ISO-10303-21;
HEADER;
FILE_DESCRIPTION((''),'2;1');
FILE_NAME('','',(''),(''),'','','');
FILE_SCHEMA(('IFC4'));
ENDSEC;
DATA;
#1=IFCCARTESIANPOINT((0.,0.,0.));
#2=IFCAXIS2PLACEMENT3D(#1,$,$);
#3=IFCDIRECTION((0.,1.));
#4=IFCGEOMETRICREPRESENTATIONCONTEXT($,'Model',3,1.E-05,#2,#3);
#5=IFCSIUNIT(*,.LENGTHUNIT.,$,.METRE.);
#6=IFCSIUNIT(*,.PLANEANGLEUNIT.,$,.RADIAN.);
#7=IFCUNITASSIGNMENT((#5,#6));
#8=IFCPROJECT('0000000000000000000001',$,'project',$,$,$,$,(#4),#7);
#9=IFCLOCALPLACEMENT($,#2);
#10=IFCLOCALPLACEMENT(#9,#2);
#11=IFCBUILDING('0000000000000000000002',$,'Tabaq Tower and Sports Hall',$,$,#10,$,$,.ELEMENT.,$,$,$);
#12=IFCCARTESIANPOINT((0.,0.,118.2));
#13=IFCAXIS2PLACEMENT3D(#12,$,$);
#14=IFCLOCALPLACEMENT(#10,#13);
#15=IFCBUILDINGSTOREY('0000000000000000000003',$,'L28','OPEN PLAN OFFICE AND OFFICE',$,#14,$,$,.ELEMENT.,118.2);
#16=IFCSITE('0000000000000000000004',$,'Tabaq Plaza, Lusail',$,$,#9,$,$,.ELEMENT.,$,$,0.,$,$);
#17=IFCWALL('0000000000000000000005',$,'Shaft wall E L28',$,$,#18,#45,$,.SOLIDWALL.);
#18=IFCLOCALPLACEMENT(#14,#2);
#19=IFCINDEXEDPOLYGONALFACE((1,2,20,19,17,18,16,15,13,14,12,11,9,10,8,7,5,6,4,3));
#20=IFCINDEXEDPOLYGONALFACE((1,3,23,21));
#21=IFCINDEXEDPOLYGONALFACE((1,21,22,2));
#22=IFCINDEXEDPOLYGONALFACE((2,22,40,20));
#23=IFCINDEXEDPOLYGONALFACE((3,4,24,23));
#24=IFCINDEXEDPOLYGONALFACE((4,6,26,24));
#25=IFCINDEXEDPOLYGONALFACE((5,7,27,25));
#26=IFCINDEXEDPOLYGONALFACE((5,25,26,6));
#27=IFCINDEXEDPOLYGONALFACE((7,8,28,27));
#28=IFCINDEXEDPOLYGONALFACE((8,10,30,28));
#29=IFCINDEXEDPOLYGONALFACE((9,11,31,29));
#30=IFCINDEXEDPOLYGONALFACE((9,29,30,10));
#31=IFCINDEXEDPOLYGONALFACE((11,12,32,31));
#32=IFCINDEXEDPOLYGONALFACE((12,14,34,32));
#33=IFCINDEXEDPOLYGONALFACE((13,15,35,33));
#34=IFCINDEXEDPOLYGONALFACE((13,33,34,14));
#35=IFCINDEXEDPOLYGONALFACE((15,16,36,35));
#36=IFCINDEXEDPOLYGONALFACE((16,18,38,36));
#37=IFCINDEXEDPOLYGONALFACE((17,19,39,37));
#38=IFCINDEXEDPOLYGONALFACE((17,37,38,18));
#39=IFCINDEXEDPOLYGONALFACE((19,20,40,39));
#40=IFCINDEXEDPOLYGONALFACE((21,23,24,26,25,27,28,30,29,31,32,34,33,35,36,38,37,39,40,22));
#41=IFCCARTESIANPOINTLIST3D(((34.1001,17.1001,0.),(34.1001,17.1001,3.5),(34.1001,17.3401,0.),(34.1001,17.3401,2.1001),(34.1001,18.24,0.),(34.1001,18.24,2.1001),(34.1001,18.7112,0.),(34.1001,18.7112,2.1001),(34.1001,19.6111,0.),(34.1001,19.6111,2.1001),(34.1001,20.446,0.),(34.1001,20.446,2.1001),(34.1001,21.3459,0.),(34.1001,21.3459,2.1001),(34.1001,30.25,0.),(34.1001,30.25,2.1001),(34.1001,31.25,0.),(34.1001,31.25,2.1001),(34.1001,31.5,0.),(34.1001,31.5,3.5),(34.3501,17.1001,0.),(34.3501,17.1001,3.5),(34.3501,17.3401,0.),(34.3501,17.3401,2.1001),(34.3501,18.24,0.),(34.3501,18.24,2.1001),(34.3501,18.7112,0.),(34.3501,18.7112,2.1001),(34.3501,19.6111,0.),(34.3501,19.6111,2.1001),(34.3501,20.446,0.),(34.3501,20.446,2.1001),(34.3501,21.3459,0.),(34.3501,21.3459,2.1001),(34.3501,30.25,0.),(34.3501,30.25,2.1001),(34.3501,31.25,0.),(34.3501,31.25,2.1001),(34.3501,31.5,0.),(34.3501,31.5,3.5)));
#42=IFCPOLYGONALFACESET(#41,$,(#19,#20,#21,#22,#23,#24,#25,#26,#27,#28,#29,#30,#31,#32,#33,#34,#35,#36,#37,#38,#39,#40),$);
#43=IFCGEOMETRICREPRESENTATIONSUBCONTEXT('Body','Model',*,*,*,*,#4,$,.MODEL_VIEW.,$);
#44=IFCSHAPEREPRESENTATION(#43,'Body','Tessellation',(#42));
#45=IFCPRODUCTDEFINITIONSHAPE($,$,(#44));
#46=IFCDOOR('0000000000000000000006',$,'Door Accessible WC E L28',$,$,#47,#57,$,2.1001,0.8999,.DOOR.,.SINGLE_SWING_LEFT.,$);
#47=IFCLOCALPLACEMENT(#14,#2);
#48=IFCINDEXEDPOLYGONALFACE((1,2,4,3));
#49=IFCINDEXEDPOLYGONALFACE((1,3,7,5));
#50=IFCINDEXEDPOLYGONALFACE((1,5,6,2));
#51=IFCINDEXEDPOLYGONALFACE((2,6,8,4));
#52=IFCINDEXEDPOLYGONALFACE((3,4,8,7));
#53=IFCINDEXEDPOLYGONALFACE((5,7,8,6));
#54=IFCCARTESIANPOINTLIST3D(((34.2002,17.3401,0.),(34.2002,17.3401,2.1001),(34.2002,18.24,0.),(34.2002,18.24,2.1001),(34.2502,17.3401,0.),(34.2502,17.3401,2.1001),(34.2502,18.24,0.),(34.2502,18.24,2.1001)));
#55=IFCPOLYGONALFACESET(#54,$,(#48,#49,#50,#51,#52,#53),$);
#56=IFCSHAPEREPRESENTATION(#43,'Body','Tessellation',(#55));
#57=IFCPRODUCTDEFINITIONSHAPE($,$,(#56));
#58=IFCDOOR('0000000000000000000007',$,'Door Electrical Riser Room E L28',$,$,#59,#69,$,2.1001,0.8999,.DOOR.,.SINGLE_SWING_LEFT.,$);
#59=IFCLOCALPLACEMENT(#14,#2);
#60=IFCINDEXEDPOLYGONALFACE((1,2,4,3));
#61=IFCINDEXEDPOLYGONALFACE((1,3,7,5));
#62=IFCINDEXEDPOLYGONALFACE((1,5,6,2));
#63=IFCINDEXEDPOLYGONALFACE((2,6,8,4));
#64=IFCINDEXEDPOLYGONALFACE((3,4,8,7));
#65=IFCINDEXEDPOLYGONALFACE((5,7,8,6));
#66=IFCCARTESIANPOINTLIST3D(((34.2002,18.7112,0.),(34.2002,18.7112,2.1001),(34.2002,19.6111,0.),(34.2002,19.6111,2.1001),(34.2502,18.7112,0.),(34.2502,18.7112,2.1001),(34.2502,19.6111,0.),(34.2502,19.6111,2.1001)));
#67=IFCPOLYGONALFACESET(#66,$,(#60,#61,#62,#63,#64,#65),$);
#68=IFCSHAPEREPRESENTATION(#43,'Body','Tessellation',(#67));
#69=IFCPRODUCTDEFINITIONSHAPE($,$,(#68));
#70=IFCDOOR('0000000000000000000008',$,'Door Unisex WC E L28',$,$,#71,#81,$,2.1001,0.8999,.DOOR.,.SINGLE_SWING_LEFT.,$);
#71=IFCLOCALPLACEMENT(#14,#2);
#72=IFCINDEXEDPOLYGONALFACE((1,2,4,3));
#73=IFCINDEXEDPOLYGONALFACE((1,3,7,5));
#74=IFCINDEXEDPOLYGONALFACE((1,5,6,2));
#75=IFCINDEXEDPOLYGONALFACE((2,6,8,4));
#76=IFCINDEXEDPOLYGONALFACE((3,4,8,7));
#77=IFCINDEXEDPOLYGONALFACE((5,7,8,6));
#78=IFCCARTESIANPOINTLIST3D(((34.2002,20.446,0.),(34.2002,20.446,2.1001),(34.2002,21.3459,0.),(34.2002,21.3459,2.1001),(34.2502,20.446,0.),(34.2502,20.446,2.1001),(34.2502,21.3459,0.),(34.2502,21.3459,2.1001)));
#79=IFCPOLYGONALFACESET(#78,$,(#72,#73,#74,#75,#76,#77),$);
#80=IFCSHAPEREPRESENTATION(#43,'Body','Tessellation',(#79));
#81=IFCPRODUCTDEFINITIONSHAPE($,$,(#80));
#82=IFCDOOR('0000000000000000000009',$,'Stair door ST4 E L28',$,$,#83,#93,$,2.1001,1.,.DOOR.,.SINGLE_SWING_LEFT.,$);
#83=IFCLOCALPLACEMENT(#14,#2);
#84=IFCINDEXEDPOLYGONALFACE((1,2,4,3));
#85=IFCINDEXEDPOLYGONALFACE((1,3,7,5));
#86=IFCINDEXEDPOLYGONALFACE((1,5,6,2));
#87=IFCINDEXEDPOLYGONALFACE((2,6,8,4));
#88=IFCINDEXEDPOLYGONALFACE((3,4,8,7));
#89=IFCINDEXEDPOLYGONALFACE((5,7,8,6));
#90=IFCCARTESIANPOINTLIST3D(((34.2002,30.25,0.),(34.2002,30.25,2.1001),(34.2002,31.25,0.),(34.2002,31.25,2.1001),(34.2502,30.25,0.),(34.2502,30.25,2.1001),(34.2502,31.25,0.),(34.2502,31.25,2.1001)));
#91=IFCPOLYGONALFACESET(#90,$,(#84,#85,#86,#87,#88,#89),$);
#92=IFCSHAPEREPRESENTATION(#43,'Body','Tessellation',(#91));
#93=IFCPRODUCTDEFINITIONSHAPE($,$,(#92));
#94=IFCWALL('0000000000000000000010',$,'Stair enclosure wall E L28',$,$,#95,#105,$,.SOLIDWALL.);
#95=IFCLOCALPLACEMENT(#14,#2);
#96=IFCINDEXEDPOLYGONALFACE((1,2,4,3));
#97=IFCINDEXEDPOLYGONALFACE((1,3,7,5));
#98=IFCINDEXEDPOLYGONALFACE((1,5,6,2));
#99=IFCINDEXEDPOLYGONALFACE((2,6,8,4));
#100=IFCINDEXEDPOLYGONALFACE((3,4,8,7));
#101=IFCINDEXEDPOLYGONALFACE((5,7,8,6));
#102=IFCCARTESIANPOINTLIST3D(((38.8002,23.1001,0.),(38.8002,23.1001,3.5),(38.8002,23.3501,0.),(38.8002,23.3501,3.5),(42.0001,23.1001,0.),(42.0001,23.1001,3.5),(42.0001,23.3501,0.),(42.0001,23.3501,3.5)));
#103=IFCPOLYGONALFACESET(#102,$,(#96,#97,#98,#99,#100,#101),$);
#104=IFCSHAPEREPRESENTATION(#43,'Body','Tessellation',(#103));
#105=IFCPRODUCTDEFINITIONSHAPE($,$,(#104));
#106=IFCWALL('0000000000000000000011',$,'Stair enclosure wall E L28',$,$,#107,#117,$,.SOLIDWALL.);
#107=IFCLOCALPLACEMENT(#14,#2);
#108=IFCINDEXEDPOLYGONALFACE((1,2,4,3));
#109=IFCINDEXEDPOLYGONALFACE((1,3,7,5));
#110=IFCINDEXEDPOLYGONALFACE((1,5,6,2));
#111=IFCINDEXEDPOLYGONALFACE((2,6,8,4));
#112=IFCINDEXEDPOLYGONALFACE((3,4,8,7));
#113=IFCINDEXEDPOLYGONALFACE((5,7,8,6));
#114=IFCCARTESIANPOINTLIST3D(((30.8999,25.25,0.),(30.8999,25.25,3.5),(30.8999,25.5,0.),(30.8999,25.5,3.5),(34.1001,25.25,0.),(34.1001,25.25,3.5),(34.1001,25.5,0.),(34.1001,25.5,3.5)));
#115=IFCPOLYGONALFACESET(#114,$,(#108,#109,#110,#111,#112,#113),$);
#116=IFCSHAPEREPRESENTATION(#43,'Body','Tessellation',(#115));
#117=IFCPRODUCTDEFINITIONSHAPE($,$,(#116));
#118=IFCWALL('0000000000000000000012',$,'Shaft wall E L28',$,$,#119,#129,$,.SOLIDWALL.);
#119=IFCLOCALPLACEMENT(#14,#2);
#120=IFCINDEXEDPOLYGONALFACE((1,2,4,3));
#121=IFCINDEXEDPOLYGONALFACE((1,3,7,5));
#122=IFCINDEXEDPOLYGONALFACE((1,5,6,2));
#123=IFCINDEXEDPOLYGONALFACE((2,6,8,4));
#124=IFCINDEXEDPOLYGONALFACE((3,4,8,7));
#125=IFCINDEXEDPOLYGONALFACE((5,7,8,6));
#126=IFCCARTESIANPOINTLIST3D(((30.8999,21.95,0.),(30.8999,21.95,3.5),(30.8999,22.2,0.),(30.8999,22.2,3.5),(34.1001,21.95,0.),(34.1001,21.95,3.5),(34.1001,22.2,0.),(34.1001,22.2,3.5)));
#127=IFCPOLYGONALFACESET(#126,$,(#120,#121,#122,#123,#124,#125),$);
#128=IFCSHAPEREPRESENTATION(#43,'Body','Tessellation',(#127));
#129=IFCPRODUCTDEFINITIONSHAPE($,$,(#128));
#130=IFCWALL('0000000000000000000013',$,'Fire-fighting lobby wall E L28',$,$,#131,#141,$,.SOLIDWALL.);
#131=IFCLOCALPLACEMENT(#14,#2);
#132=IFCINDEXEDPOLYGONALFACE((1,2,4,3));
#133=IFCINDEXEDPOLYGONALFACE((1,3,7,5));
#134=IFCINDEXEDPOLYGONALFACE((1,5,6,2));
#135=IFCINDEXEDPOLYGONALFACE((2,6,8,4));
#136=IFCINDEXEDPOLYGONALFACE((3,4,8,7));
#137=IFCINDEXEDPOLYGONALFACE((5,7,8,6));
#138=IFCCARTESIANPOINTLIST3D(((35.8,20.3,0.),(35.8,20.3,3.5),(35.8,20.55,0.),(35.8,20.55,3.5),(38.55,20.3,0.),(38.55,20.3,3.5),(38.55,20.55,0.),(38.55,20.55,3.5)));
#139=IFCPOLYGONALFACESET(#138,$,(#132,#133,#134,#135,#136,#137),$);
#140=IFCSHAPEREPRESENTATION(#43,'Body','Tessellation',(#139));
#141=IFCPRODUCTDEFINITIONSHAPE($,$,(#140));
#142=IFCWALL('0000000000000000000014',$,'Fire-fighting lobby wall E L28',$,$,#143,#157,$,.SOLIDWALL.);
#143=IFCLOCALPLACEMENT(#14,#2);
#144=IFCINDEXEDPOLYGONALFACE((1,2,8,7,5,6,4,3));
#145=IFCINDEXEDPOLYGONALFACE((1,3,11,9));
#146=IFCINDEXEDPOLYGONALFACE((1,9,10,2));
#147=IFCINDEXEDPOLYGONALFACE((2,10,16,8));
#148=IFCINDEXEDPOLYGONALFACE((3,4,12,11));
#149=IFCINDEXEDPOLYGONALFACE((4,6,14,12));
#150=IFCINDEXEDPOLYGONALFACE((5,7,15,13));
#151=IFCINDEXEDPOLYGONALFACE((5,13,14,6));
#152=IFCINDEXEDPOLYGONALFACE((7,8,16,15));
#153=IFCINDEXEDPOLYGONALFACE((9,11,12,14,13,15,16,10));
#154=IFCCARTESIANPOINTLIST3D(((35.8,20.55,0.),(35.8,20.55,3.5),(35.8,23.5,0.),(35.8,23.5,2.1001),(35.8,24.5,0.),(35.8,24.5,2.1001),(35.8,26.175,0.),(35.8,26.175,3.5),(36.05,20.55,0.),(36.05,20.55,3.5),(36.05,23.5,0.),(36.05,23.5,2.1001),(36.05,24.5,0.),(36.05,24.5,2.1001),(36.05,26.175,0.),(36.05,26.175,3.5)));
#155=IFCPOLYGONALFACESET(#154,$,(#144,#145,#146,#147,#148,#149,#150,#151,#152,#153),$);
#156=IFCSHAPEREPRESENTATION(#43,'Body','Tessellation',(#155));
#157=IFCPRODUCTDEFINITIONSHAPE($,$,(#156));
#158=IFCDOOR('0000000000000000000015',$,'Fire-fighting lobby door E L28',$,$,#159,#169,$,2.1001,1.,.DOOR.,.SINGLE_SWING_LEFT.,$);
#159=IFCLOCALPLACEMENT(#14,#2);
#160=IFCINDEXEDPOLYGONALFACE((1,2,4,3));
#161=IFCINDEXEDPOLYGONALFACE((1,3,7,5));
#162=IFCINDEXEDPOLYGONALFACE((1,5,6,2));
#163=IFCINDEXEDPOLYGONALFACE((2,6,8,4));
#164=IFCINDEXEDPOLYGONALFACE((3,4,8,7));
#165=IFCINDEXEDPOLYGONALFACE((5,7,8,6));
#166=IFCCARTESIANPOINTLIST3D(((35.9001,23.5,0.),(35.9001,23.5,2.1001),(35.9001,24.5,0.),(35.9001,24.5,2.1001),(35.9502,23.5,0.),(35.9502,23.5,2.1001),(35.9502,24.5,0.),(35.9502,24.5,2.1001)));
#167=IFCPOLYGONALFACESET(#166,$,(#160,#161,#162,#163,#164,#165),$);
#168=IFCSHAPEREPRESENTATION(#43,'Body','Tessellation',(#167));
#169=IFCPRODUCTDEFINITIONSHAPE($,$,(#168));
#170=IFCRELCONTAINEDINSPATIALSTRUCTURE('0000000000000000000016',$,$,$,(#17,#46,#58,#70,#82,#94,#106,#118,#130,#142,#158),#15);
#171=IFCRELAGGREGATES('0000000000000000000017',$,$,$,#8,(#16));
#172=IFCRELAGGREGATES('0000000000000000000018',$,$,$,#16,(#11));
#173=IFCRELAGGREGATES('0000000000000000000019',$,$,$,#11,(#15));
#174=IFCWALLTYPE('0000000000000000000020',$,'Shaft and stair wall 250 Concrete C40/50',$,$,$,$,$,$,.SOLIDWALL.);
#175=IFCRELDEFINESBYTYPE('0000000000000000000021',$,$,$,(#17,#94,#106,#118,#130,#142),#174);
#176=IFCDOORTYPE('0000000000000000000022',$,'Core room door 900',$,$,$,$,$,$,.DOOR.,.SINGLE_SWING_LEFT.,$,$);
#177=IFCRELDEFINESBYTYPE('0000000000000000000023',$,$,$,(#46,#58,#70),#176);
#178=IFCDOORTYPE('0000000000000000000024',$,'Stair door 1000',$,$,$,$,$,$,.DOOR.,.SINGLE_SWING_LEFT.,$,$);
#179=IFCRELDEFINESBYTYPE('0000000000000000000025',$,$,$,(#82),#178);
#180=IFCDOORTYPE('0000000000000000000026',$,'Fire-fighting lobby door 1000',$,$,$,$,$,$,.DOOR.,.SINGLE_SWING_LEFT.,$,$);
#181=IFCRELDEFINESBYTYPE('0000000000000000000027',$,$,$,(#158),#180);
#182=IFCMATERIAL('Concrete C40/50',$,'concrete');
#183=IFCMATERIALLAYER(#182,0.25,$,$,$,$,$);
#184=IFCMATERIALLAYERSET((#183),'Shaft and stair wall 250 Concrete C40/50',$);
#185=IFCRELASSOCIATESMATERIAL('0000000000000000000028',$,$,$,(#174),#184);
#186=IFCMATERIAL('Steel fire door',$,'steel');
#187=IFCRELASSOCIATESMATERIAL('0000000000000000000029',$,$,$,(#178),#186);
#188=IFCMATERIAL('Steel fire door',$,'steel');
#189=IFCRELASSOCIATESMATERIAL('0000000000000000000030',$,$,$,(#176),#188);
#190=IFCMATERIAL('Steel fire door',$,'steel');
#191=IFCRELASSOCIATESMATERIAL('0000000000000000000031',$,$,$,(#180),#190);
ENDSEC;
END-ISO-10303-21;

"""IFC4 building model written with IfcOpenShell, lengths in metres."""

from ifc_helpers import new_model, si_unit, direction, frame, frame_2d, origin, place, context, subcontext, project, spatial, rectangle, extrude, material, layer, layer_set, type_object, element, fill, save


model = new_model("IFC4")

# Units and contexts
model_context = context("Model", 3, precision=1e-05, world=origin(), true_north=direction((0.0, 1.0)))
body_context = subcontext(model_context, "Body", "Model", "MODEL_VIEW")
ifc_project = project(units=[si_unit("LENGTHUNIT", "METRE"), si_unit("PLANEANGLEUNIT", "RADIAN")], contexts=[model_context])

# Site, building, storey
site_placement = place(None, origin())
site = spatial("IfcSite", under=ifc_project, at=site_placement, Name="Tabaq Plaza, Lusail", CompositionType="ELEMENT", RefElevation=0.0)
building_placement = place(site_placement, origin())
building = spatial("IfcBuilding", under=site, at=building_placement, Name="Tabaq Tower and Sports Hall", CompositionType="ELEMENT")
storey_placement = place(building_placement, frame((0.0, 0.0, 118.2)))
storey = spatial("IfcBuildingStorey", under=building, at=storey_placement, Name="L28", Description="OPEN PLAN OFFICE AND OFFICE", CompositionType="ELEMENT", Elevation=118.2)

# Wall, openings, doors
ifc_material_1 = material(Name="Concrete C40/50", Category="concrete")
ifc_layer_1 = layer(ifc_material_1, 0.25)
ifc_layer_set_1 = layer_set([ifc_layer_1], Name="Shaft and stair wall 250 Concrete C40/50")
wall_type_1 = type_object("IfcWallType", Name="Shaft and stair wall 250 Concrete C40/50", PredefinedType="SOLIDWALL", material=ifc_layer_set_1)
ifc_material_2 = material(Name="Steel fire door", Category="steel")
door_type_1 = type_object("IfcDoorType", Name="Stair door 1000", OperationType="SINGLE_SWING_LEFT", PredefinedType="DOOR", material=ifc_material_2)
wall_1_placement = place(storey_placement, frame((34.2251, 17.1001, 0.0), z_axis=(0.0, 0.0, 1.0), x_axis=(0.0, 1.0, 0.0)))
wall_1 = element("IfcWall", 1, at=wall_1_placement, inside=storey, type_object=wall_type_1, Name="Shaft wall E L28", PredefinedType="SOLIDWALL", context=body_context, shape_type="SweptSolid", body=[
    extrude(rectangle(XDim=14.3999, YDim=0.25, at=frame_2d((7.2, 0.0))), origin(), (0.0, 0.0, 1.0), 3.5),
])
opening_1_placement = place(wall_1_placement, frame((13.1499, 0.0, 0.0)))
opening_1 = element("IfcOpeningElement", 2, at=opening_1_placement, cuts=wall_1, PredefinedType="OPENING", context=body_context, shape_type="SweptSolid", body=[
    extrude(rectangle(XDim=1.0, YDim=2.1001, at=frame_2d((0.5, 1.05))), frame((0.0, 0.125, 0.0), z_axis=(0.0, -1.0, 0.0), x_axis=(1.0, 0.0, 0.0)), (0.0, 0.0, 1.0), 0.25),
])
opening_2_placement = place(wall_1_placement, frame((0.24, 0.0, 0.0)))
opening_2 = element("IfcOpeningElement", 3, at=opening_2_placement, cuts=wall_1, PredefinedType="OPENING", context=body_context, shape_type="SweptSolid", body=[
    extrude(rectangle(XDim=0.8999, YDim=2.1001, at=frame_2d((0.45, 1.05))), frame((0.0, 0.125, 0.0), z_axis=(0.0, -1.0, 0.0), x_axis=(1.0, 0.0, 0.0)), (0.0, 0.0, 1.0), 0.25),
])
opening_3_placement = place(wall_1_placement, frame((1.6111, 0.0, 0.0)))
opening_3 = element("IfcOpeningElement", 4, at=opening_3_placement, cuts=wall_1, PredefinedType="OPENING", context=body_context, shape_type="SweptSolid", body=[
    extrude(rectangle(XDim=0.8999, YDim=2.1001, at=frame_2d((0.45, 1.05))), frame((0.0, 0.125, 0.0), z_axis=(0.0, -1.0, 0.0), x_axis=(1.0, 0.0, 0.0)), (0.0, 0.0, 1.0), 0.25),
])
opening_4_placement = place(wall_1_placement, frame((3.3459, 0.0, 0.0)))
opening_4 = element("IfcOpeningElement", 5, at=opening_4_placement, cuts=wall_1, PredefinedType="OPENING", context=body_context, shape_type="SweptSolid", body=[
    extrude(rectangle(XDim=0.8999, YDim=2.1001, at=frame_2d((0.45, 1.05))), frame((0.0, 0.125, 0.0), z_axis=(0.0, -1.0, 0.0), x_axis=(1.0, 0.0, 0.0)), (0.0, 0.0, 1.0), 0.25),
])
ifc_material_3 = material(Name="Steel fire door", Category="steel")
door_type_2 = type_object("IfcDoorType", Name="Core room door 900", OperationType="SINGLE_SWING_LEFT", PredefinedType="DOOR", material=ifc_material_3)
door_1_placement = place(opening_2_placement, origin())
door_1 = element("IfcDoor", 6, at=door_1_placement, inside=storey, type_object=door_type_2, Name="Door Accessible WC E L28", OperationType="SINGLE_SWING_LEFT", OverallHeight=2.1001, OverallWidth=0.8999, PredefinedType="DOOR", context=body_context, shape_type="SweptSolid", body=[
    extrude(rectangle(XDim=0.8999, YDim=2.1001, at=frame_2d((0.45, 1.05))), frame((0.0, 0.0249, 0.0), z_axis=(0.0, -1.0, 0.0), x_axis=(1.0, 0.0, 0.0)), (0.0, 0.0, 1.0), 0.05),
])
fill(opening_2, door_1)
door_2_placement = place(opening_3_placement, origin())
door_2 = element("IfcDoor", 7, at=door_2_placement, inside=storey, type_object=door_type_2, Name="Door Electrical Riser Room E L28", OperationType="SINGLE_SWING_LEFT", OverallHeight=2.1001, OverallWidth=0.8999, PredefinedType="DOOR", context=body_context, shape_type="SweptSolid", body=[
    extrude(rectangle(XDim=0.8999, YDim=2.1001, at=frame_2d((0.45, 1.05))), frame((0.0, 0.0249, 0.0), z_axis=(0.0, -1.0, 0.0), x_axis=(1.0, 0.0, 0.0)), (0.0, 0.0, 1.0), 0.05),
])
fill(opening_3, door_2)
door_3_placement = place(opening_4_placement, origin())
door_3 = element("IfcDoor", 8, at=door_3_placement, inside=storey, type_object=door_type_2, Name="Door Unisex WC E L28", OperationType="SINGLE_SWING_LEFT", OverallHeight=2.1001, OverallWidth=0.8999, PredefinedType="DOOR", context=body_context, shape_type="SweptSolid", body=[
    extrude(rectangle(XDim=0.8999, YDim=2.1001, at=frame_2d((0.45, 1.05))), frame((0.0, 0.0249, 0.0), z_axis=(0.0, -1.0, 0.0), x_axis=(1.0, 0.0, 0.0)), (0.0, 0.0, 1.0), 0.05),
])
fill(opening_4, door_3)
door_4_placement = place(opening_1_placement, origin())
door_4 = element("IfcDoor", 9, at=door_4_placement, inside=storey, type_object=door_type_1, Name="Stair door ST4 E L28", OperationType="SINGLE_SWING_LEFT", OverallHeight=2.1001, OverallWidth=1.0, PredefinedType="DOOR", context=body_context, shape_type="SweptSolid", body=[
    extrude(rectangle(XDim=1.0, YDim=2.1001, at=frame_2d((0.5, 1.05))), frame((0.0, 0.0249, 0.0), z_axis=(0.0, -1.0, 0.0), x_axis=(1.0, 0.0, 0.0)), (0.0, 0.0, 1.0), 0.05),
])
fill(opening_1, door_4)

# Walls
wall_2_placement = place(storey_placement, frame((38.8, 23.2251, 0.0), z_axis=(0.0, 0.0, 1.0), x_axis=(1.0, 0.0, 0.0)))
element("IfcWall", 10, at=wall_2_placement, inside=storey, type_object=wall_type_1, Name="Stair enclosure wall E L28", PredefinedType="SOLIDWALL", context=body_context, shape_type="SweptSolid", body=[
    extrude(rectangle(XDim=3.2, YDim=0.25, at=frame_2d((1.6001, 0.0))), origin(), (0.0, 0.0, 1.0), 3.5),
])
for number, where, z_axis, x_axis, name in (
    (11, (30.8999, 25.375, 0.0), (0.0, 0.0, 1.0), (1.0, 0.0, 0.0), "Stair enclosure wall E L28"),
    (12, (30.8999, 22.075, 0.0), (0.0, 0.0, 1.0), (1.0, 0.0, 0.0), "Shaft wall E L28"),
):
    element("IfcWall", number, at=place(storey_placement, frame(where, z_axis=z_axis, x_axis=x_axis)), inside=storey, type_object=wall_type_1, Name=name, PredefinedType="SOLIDWALL", context=body_context, shape_type="SweptSolid", body=[
        extrude(rectangle(XDim=3.2002, YDim=0.25, at=frame_2d((1.6001, 0.0))), origin(), (0.0, 0.0, 1.0), 3.5),
    ])
wall_3_placement = place(storey_placement, frame((35.8, 20.425, 0.0), z_axis=(0.0, 0.0, 1.0), x_axis=(1.0, 0.0, 0.0)))
element("IfcWall", 13, at=wall_3_placement, inside=storey, type_object=wall_type_1, Name="Fire-fighting lobby wall E L28", PredefinedType="SOLIDWALL", context=body_context, shape_type="SweptSolid", body=[
    extrude(rectangle(XDim=2.75, YDim=0.25, at=frame_2d((1.375, 0.0))), origin(), (0.0, 0.0, 1.0), 3.5),
])

# Wall, opening, door
wall_4_placement = place(storey_placement, frame((35.925, 20.55, 0.0), z_axis=(0.0, 0.0, 1.0), x_axis=(0.0, 1.0, 0.0)))
wall_4 = element("IfcWall", 14, at=wall_4_placement, inside=storey, type_object=wall_type_1, Name="Fire-fighting lobby wall E L28", PredefinedType="SOLIDWALL", context=body_context, shape_type="SweptSolid", body=[
    extrude(rectangle(XDim=5.625, YDim=0.25, at=frame_2d((2.8125, 0.0))), origin(), (0.0, 0.0, 1.0), 3.5),
])
opening_5_placement = place(wall_4_placement, frame((2.95, 0.0, 0.0)))
opening_5 = element("IfcOpeningElement", 15, at=opening_5_placement, cuts=wall_4, PredefinedType="OPENING", context=body_context, shape_type="SweptSolid", body=[
    extrude(rectangle(XDim=1.0, YDim=2.1001, at=frame_2d((0.5, 1.05))), frame((0.0, 0.125, 0.0), z_axis=(0.0, -1.0, 0.0), x_axis=(1.0, 0.0, 0.0)), (0.0, 0.0, 1.0), 0.25),
])
ifc_material_4 = material(Name="Steel fire door", Category="steel")
door_type_3 = type_object("IfcDoorType", Name="Fire-fighting lobby door 1000", OperationType="SINGLE_SWING_LEFT", PredefinedType="DOOR", material=ifc_material_4)
door_5_placement = place(opening_5_placement, origin())
door_5 = element("IfcDoor", 16, at=door_5_placement, inside=storey, type_object=door_type_3, Name="Fire-fighting lobby door E L28", OperationType="SINGLE_SWING_LEFT", OverallHeight=2.1001, OverallWidth=1.0, PredefinedType="DOOR", context=body_context, shape_type="SweptSolid", body=[
    extrude(rectangle(XDim=1.0, YDim=2.1001, at=frame_2d((0.5, 1.05))), frame((0.0, 0.0249, 0.0), z_axis=(0.0, -1.0, 0.0), x_axis=(1.0, 0.0, 0.0)), (0.0, 0.0, 1.0), 0.05),
])
fill(opening_5, door_5)

save(model, "model.ifc")
